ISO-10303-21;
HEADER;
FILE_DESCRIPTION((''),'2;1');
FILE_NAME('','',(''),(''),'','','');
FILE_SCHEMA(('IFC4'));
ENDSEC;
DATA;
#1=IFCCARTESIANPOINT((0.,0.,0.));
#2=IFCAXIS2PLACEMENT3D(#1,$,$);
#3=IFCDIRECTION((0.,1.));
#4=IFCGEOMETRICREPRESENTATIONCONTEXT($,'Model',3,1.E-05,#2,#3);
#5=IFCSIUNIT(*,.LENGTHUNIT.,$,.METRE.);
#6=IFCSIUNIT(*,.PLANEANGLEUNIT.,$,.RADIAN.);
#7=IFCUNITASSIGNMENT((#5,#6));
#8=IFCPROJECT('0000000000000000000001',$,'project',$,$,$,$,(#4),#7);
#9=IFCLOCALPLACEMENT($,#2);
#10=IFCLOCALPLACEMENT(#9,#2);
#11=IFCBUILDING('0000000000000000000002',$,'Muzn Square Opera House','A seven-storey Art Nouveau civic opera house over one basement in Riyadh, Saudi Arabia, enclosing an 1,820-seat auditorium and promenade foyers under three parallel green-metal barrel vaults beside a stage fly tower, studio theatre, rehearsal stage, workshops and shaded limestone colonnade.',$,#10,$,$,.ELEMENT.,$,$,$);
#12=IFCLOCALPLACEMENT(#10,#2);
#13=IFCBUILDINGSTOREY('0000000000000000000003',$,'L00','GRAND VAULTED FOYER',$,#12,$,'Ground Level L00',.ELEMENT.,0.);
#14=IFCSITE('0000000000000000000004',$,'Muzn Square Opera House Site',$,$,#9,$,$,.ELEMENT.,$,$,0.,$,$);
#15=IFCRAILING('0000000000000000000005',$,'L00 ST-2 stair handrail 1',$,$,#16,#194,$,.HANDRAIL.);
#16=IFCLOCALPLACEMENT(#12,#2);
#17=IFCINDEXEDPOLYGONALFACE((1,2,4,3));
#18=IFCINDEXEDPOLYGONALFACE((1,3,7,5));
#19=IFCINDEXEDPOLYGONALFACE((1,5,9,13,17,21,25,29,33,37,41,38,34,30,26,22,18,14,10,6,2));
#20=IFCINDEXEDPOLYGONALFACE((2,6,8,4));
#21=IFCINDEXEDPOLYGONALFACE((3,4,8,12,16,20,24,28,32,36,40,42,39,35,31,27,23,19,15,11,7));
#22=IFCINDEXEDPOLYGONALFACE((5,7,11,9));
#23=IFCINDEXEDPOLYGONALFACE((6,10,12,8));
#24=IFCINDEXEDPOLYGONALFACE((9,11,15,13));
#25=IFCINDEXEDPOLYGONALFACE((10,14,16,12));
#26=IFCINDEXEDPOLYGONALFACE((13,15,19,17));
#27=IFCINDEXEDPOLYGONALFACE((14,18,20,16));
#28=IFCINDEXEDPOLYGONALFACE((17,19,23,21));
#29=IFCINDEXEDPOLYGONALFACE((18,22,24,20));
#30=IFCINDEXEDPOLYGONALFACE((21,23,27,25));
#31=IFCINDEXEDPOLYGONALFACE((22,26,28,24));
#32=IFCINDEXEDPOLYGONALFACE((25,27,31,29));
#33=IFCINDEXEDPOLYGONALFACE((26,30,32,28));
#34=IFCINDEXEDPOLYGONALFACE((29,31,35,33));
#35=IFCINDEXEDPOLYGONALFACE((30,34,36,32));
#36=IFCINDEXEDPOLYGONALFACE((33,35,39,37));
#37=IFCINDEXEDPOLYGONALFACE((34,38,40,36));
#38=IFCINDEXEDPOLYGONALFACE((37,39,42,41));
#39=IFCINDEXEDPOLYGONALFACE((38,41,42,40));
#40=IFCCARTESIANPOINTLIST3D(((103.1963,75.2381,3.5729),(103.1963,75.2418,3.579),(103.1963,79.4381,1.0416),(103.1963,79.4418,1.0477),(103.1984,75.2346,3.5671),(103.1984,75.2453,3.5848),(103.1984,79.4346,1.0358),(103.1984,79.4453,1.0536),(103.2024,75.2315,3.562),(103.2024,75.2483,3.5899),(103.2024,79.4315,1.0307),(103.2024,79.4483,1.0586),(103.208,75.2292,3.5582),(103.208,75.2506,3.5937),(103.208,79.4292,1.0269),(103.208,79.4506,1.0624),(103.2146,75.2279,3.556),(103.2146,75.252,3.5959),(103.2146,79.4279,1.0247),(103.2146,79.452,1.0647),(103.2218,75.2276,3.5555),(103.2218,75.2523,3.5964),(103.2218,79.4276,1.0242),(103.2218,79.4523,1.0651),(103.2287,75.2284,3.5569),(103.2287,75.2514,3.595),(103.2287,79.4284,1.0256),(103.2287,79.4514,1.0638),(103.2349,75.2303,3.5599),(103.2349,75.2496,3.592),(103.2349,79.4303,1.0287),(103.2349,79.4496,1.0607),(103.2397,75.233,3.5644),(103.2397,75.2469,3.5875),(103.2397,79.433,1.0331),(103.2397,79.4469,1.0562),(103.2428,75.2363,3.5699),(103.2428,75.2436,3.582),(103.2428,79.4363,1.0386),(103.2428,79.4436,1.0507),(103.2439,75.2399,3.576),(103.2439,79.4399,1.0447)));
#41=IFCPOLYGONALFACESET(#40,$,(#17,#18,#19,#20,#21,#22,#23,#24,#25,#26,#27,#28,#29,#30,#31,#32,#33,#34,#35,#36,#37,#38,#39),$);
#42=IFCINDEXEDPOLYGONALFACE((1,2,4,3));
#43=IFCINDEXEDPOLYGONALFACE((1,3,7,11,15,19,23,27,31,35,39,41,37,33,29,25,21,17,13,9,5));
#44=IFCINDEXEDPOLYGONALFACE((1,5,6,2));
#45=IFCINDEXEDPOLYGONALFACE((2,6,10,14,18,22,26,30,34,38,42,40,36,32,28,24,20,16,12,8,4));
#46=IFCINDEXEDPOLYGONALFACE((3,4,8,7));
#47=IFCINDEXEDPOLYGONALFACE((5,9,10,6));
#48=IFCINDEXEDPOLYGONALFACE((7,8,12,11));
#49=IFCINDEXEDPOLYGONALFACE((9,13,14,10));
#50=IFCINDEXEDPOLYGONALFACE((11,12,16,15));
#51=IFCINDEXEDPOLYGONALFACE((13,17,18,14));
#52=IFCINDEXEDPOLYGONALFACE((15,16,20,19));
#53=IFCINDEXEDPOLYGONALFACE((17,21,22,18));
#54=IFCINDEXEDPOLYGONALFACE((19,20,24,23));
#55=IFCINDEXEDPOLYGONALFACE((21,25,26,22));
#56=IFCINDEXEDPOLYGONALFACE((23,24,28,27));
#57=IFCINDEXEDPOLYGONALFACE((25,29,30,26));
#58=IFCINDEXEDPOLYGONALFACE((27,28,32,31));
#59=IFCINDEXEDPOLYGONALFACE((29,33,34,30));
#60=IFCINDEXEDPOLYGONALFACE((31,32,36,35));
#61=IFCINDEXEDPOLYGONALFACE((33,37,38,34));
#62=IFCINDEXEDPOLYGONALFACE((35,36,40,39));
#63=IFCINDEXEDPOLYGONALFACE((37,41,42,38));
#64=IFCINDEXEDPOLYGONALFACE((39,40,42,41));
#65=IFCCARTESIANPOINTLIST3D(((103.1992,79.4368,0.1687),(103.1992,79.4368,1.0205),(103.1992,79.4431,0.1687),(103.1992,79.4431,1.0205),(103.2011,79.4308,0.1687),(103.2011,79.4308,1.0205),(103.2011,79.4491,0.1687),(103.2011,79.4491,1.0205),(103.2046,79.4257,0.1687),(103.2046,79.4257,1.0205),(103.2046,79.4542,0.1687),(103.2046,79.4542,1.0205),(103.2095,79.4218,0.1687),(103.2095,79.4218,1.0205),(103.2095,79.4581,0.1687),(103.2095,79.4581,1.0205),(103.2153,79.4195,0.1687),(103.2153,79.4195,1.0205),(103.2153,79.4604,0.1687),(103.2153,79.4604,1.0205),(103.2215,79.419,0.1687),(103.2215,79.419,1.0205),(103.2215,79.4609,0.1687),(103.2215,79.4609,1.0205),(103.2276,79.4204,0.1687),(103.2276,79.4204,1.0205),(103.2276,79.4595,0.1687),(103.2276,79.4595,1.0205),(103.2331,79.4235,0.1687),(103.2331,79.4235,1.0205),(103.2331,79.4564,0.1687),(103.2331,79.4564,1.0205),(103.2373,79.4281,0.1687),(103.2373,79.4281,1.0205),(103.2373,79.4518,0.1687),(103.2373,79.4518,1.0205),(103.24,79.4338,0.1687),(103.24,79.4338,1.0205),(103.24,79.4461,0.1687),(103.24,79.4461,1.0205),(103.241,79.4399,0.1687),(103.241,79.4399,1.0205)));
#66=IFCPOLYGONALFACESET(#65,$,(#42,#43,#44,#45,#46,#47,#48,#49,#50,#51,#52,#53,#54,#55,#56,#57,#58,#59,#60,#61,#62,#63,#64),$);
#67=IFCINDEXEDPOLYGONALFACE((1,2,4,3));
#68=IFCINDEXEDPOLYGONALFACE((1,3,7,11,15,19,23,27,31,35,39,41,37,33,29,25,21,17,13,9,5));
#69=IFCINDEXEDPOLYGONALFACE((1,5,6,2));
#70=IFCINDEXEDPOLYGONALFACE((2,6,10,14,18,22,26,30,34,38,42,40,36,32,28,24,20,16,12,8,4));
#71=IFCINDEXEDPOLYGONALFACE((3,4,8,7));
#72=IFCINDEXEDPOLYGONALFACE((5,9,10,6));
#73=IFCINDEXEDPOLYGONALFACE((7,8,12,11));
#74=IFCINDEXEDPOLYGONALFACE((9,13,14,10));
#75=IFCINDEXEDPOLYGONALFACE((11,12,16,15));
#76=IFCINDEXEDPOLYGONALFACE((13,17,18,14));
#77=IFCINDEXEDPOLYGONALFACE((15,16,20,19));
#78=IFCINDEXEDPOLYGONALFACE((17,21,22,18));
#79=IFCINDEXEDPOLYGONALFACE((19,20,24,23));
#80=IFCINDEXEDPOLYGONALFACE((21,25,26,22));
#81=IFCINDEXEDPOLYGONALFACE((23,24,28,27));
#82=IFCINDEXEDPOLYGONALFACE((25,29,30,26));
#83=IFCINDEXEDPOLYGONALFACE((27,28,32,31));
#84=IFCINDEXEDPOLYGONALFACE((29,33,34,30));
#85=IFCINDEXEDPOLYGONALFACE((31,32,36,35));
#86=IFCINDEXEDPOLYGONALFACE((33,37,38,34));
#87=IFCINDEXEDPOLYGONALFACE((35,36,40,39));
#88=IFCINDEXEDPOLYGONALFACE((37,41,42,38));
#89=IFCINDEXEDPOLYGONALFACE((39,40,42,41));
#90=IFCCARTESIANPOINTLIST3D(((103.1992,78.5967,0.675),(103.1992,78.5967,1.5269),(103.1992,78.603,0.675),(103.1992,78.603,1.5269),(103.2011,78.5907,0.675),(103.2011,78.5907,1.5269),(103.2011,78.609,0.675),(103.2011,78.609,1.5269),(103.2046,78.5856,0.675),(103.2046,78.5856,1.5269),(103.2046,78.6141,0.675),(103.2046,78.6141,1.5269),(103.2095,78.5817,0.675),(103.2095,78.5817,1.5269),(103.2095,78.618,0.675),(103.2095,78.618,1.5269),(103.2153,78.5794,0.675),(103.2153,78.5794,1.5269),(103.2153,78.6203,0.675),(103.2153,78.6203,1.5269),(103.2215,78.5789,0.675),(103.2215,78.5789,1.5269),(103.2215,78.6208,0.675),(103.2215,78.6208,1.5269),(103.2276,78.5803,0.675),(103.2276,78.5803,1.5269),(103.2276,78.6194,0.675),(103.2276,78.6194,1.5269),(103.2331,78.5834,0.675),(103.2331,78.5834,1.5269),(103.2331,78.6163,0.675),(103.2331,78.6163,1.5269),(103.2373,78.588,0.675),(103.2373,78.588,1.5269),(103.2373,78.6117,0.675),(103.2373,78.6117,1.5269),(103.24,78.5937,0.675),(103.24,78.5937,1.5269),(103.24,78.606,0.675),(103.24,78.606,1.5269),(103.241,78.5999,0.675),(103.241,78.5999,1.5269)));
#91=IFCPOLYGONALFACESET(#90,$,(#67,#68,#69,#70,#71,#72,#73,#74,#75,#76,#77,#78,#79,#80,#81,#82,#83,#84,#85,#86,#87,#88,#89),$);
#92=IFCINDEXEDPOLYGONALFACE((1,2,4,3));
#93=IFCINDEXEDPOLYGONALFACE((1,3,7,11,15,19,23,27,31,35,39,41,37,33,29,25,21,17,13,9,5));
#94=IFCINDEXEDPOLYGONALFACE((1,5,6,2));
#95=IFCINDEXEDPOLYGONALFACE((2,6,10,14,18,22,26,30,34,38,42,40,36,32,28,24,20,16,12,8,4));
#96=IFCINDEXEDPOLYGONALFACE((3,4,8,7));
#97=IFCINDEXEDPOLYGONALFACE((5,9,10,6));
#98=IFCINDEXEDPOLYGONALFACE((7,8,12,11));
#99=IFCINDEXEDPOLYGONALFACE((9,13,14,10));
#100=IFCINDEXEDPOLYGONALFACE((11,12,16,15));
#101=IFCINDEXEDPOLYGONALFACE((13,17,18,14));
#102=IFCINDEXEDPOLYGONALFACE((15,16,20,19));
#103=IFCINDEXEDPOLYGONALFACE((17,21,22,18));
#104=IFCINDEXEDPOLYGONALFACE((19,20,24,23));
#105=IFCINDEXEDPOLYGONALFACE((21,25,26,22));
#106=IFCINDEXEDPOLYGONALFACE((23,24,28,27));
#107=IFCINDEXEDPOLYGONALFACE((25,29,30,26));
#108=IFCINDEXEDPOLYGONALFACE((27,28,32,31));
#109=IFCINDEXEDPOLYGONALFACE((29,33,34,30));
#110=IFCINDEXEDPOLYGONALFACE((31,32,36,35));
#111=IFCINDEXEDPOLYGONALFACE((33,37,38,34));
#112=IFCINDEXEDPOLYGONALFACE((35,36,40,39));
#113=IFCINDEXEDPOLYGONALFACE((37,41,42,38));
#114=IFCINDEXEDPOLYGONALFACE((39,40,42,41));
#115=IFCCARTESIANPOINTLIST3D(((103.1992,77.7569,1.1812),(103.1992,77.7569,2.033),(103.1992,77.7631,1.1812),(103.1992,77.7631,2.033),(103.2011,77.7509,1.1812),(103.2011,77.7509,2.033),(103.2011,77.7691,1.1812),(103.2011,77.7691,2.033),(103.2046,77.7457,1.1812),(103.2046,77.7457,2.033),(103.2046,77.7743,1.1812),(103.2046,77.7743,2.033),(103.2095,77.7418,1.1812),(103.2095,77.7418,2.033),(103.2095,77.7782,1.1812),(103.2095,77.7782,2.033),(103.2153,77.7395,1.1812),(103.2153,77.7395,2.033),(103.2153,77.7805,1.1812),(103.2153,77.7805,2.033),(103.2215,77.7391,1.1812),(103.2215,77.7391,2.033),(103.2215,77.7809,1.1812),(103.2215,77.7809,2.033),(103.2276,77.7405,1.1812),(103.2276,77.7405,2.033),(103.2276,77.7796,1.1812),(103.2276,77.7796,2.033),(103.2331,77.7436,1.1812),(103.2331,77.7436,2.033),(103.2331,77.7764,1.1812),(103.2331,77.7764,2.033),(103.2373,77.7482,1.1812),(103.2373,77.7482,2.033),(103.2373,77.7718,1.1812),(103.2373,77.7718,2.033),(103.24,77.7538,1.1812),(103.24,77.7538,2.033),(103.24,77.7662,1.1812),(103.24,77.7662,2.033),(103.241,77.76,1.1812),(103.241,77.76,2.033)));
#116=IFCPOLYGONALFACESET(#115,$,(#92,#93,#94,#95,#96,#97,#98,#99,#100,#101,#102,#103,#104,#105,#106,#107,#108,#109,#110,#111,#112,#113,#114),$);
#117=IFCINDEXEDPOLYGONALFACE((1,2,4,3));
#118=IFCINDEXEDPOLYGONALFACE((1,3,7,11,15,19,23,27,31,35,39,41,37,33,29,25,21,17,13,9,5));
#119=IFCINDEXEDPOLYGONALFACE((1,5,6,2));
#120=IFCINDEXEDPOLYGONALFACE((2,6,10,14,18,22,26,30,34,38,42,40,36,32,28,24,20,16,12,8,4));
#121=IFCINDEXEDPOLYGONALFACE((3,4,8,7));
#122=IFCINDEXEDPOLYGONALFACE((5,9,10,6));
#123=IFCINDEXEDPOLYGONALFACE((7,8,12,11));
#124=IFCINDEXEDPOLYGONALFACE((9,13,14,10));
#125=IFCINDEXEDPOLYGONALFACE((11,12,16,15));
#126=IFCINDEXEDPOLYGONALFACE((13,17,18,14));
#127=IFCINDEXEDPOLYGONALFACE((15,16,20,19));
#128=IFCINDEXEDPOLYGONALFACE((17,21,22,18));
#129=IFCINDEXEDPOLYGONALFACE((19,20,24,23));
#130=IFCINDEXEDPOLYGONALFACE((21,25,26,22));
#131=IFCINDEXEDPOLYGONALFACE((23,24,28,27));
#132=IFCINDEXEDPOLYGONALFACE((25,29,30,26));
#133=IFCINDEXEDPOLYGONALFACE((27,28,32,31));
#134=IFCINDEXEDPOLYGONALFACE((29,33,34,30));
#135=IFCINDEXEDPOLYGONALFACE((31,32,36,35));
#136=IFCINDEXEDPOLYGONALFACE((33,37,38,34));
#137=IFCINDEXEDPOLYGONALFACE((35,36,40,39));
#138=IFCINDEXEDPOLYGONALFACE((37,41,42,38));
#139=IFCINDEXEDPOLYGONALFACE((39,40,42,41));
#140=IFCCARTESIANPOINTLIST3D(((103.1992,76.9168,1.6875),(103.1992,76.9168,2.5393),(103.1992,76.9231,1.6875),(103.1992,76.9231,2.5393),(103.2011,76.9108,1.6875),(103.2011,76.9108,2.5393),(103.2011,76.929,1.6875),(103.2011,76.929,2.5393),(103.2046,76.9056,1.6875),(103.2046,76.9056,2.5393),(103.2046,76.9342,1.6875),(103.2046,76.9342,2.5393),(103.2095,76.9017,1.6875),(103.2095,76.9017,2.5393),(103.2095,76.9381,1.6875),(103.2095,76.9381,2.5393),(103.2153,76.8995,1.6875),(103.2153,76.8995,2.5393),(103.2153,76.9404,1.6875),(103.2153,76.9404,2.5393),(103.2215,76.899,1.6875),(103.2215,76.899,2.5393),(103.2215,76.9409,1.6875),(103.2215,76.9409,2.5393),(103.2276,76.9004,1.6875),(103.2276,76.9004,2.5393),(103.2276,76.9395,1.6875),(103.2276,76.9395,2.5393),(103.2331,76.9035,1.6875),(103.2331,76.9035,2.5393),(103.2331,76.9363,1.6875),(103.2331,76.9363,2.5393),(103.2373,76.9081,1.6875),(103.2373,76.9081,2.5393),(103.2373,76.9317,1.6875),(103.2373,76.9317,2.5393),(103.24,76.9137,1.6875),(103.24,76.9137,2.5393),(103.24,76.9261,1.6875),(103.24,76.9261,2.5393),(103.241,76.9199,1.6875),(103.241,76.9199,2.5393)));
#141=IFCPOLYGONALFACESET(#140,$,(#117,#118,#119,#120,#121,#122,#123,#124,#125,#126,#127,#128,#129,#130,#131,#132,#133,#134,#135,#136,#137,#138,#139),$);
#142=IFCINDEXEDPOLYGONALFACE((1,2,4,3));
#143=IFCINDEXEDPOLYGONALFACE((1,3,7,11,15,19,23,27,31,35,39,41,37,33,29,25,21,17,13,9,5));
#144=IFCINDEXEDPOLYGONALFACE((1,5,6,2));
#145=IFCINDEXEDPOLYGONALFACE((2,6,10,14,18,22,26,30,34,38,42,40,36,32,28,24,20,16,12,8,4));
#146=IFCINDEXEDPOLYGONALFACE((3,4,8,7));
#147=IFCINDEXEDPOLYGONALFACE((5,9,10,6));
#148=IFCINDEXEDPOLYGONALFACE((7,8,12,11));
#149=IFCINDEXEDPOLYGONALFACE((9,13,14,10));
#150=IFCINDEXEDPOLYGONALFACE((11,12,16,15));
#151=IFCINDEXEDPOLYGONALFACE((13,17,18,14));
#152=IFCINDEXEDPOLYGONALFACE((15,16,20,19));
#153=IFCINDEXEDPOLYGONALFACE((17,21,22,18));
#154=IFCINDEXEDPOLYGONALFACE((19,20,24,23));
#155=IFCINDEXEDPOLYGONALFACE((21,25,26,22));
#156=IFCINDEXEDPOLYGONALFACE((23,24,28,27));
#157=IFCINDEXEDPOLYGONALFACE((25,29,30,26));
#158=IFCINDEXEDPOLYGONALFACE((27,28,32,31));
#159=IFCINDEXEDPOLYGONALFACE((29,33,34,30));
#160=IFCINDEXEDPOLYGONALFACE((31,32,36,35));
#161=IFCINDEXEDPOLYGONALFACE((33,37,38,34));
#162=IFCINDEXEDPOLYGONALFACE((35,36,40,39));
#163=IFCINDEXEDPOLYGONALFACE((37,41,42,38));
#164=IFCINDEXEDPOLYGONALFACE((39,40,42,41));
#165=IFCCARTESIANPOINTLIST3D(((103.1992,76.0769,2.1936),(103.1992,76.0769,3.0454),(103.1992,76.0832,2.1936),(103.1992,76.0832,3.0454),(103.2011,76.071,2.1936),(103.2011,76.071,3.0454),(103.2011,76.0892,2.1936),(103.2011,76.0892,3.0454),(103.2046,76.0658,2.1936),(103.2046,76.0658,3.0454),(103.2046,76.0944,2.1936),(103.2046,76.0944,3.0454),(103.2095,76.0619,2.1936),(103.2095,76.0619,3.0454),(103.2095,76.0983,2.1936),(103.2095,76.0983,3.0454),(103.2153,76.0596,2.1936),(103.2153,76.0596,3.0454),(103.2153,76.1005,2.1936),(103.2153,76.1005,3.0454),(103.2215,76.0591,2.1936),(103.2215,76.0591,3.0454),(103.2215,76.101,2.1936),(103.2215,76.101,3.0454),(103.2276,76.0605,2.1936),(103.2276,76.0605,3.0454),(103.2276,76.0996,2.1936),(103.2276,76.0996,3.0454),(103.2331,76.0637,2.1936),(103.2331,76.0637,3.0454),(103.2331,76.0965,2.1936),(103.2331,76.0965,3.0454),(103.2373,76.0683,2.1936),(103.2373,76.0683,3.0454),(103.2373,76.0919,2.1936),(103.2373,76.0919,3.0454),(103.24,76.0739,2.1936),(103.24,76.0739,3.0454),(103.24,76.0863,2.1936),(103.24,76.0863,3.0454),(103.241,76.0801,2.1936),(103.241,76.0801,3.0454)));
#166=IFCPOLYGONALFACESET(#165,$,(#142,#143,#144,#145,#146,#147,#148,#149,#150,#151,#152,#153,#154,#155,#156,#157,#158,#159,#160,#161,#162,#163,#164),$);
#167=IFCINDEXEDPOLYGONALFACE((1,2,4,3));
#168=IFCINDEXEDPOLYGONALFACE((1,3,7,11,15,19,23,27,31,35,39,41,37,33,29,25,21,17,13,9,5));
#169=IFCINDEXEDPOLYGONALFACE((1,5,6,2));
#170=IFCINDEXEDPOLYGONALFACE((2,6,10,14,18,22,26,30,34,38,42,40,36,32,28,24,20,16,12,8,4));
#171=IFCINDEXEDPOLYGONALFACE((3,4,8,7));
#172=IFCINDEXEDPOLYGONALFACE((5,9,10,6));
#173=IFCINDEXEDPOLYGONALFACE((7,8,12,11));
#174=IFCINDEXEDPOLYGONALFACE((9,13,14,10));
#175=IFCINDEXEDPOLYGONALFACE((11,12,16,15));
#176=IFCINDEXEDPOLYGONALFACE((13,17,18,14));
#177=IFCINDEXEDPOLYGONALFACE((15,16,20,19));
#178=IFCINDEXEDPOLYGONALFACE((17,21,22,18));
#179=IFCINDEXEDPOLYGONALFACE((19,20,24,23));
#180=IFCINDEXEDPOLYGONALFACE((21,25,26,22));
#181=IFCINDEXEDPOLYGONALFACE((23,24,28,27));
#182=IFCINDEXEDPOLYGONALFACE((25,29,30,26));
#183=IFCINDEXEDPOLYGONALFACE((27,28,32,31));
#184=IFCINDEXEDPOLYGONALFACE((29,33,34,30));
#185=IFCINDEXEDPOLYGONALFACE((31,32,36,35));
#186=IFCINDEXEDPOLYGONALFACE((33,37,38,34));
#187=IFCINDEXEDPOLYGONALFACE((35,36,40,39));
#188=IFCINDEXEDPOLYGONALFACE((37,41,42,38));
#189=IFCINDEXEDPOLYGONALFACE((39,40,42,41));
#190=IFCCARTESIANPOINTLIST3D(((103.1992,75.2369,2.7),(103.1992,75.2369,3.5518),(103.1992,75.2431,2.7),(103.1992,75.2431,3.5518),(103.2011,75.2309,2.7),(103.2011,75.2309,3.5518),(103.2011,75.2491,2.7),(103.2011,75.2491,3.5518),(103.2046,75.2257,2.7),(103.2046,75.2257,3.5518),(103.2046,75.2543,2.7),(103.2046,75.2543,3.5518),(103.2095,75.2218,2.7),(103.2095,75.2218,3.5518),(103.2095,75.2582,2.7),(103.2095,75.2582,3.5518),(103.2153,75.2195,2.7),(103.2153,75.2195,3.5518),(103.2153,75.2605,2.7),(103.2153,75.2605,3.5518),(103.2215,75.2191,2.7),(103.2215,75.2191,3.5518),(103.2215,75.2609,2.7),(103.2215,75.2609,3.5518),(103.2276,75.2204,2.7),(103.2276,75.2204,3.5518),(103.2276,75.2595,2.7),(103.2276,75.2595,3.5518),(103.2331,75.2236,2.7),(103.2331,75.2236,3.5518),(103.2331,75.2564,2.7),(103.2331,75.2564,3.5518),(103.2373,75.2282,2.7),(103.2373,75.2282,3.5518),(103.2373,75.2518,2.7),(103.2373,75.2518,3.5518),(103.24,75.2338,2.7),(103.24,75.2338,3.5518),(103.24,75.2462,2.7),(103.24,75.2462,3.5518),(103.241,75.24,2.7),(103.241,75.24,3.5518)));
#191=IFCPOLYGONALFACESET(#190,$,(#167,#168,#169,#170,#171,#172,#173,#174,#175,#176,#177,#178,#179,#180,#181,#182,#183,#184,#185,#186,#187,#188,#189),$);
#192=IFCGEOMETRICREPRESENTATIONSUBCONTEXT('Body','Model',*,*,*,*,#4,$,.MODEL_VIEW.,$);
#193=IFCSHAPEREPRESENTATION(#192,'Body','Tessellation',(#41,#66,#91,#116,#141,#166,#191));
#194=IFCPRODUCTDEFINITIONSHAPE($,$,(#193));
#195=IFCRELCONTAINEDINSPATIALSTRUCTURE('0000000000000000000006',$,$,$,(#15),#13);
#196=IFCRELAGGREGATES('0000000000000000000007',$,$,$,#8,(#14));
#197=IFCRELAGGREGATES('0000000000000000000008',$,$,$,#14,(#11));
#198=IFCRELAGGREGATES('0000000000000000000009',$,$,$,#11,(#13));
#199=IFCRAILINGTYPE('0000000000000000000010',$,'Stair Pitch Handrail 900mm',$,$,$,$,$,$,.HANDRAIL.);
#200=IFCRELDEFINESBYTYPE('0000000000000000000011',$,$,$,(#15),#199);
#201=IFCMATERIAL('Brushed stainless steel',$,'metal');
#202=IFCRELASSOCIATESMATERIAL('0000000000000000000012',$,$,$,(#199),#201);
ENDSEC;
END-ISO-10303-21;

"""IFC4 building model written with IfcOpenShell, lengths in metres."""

from ifc_helpers import new_model, si_unit, direction, frame, origin, origin_2d, place, context, subcontext, project, spatial, circle, extrude, material, type_object, element, save


model = new_model("IFC4")

# Units and contexts
model_context = context("Model", 3, precision=1e-05, world=origin(), true_north=direction((0.0, 1.0)))
body_context = subcontext(model_context, "Body", "Model", "MODEL_VIEW")
ifc_project = project(units=[si_unit("LENGTHUNIT", "METRE"), si_unit("PLANEANGLEUNIT", "RADIAN")], contexts=[model_context])

# Site, building, storey
site_placement = place(None, origin())
site = spatial("IfcSite", under=ifc_project, at=site_placement, Name="Muzn Square Opera House Site", CompositionType="ELEMENT", RefElevation=0.0)
building_placement = place(site_placement, origin())
building = spatial("IfcBuilding", under=site, at=building_placement, Name="Muzn Square Opera House", Description="A seven-storey Art Nouveau civic opera house over one basement in Riyadh, Saudi Arabia, enclosing an 1,820-seat auditorium and promenade foyers under three parallel green-metal barrel vaults beside a stage fly tower, studio theatre, rehearsal stage, workshops and shaded limestone colonnade.", CompositionType="ELEMENT")
storey_placement = place(building_placement, origin())
storey = spatial("IfcBuildingStorey", under=building, at=storey_placement, Name="L00", Description="GRAND VAULTED FOYER", LongName="Ground Level L00", CompositionType="ELEMENT", Elevation=0.0)

# Shared definitions
ifc_material_1 = material(Name="Brushed stainless steel", Category="metal")

# Railing
railing_type_1 = type_object("IfcRailingType", Name="Stair Pitch Handrail 900mm", PredefinedType="HANDRAIL", material=ifc_material_1)
railing_1_placement = place(storey_placement, frame((103.22, 79.4399, 0.1687)))
element("IfcRailing", 1, at=railing_1_placement, inside=storey, type_object=railing_type_1, Name="L00 ST-2 stair handrail 1", PredefinedType="HANDRAIL", context=body_context, shape_type="SweptSolid", body=[
    extrude(circle(Radius=0.0239, at=origin_2d()), frame((0.0, 0.0, 0.876), z_axis=(0.0, -0.856476, 0.516186), x_axis=(1.0, 0.0, 0.0)), (0.0, 0.0, 1.0), 4.9038),
    extrude(circle(Radius=0.021, at=origin_2d()), origin(), (0.0, 0.0, 1.0), 0.8518),
    extrude(circle(Radius=0.021, at=origin_2d()), frame((0.0, -0.8401, 0.5063)), (0.0, 0.0, 1.0), 0.8518),
    extrude(circle(Radius=0.021, at=origin_2d()), frame((0.0, -1.6799, 1.0125)), (0.0, 0.0, 1.0), 0.8518),
    extrude(circle(Radius=0.021, at=origin_2d()), frame((0.0, -2.52, 1.5188)), (0.0, 0.0, 1.0), 0.8518),
    extrude(circle(Radius=0.021, at=origin_2d()), frame((0.0, -3.3599, 2.0249)), (0.0, 0.0, 1.0), 0.8518),
    extrude(circle(Radius=0.021, at=origin_2d()), frame((0.0, -4.2, 2.5312)), (0.0, 0.0, 1.0), 0.8518),
])

save(model, "model.ifc")
